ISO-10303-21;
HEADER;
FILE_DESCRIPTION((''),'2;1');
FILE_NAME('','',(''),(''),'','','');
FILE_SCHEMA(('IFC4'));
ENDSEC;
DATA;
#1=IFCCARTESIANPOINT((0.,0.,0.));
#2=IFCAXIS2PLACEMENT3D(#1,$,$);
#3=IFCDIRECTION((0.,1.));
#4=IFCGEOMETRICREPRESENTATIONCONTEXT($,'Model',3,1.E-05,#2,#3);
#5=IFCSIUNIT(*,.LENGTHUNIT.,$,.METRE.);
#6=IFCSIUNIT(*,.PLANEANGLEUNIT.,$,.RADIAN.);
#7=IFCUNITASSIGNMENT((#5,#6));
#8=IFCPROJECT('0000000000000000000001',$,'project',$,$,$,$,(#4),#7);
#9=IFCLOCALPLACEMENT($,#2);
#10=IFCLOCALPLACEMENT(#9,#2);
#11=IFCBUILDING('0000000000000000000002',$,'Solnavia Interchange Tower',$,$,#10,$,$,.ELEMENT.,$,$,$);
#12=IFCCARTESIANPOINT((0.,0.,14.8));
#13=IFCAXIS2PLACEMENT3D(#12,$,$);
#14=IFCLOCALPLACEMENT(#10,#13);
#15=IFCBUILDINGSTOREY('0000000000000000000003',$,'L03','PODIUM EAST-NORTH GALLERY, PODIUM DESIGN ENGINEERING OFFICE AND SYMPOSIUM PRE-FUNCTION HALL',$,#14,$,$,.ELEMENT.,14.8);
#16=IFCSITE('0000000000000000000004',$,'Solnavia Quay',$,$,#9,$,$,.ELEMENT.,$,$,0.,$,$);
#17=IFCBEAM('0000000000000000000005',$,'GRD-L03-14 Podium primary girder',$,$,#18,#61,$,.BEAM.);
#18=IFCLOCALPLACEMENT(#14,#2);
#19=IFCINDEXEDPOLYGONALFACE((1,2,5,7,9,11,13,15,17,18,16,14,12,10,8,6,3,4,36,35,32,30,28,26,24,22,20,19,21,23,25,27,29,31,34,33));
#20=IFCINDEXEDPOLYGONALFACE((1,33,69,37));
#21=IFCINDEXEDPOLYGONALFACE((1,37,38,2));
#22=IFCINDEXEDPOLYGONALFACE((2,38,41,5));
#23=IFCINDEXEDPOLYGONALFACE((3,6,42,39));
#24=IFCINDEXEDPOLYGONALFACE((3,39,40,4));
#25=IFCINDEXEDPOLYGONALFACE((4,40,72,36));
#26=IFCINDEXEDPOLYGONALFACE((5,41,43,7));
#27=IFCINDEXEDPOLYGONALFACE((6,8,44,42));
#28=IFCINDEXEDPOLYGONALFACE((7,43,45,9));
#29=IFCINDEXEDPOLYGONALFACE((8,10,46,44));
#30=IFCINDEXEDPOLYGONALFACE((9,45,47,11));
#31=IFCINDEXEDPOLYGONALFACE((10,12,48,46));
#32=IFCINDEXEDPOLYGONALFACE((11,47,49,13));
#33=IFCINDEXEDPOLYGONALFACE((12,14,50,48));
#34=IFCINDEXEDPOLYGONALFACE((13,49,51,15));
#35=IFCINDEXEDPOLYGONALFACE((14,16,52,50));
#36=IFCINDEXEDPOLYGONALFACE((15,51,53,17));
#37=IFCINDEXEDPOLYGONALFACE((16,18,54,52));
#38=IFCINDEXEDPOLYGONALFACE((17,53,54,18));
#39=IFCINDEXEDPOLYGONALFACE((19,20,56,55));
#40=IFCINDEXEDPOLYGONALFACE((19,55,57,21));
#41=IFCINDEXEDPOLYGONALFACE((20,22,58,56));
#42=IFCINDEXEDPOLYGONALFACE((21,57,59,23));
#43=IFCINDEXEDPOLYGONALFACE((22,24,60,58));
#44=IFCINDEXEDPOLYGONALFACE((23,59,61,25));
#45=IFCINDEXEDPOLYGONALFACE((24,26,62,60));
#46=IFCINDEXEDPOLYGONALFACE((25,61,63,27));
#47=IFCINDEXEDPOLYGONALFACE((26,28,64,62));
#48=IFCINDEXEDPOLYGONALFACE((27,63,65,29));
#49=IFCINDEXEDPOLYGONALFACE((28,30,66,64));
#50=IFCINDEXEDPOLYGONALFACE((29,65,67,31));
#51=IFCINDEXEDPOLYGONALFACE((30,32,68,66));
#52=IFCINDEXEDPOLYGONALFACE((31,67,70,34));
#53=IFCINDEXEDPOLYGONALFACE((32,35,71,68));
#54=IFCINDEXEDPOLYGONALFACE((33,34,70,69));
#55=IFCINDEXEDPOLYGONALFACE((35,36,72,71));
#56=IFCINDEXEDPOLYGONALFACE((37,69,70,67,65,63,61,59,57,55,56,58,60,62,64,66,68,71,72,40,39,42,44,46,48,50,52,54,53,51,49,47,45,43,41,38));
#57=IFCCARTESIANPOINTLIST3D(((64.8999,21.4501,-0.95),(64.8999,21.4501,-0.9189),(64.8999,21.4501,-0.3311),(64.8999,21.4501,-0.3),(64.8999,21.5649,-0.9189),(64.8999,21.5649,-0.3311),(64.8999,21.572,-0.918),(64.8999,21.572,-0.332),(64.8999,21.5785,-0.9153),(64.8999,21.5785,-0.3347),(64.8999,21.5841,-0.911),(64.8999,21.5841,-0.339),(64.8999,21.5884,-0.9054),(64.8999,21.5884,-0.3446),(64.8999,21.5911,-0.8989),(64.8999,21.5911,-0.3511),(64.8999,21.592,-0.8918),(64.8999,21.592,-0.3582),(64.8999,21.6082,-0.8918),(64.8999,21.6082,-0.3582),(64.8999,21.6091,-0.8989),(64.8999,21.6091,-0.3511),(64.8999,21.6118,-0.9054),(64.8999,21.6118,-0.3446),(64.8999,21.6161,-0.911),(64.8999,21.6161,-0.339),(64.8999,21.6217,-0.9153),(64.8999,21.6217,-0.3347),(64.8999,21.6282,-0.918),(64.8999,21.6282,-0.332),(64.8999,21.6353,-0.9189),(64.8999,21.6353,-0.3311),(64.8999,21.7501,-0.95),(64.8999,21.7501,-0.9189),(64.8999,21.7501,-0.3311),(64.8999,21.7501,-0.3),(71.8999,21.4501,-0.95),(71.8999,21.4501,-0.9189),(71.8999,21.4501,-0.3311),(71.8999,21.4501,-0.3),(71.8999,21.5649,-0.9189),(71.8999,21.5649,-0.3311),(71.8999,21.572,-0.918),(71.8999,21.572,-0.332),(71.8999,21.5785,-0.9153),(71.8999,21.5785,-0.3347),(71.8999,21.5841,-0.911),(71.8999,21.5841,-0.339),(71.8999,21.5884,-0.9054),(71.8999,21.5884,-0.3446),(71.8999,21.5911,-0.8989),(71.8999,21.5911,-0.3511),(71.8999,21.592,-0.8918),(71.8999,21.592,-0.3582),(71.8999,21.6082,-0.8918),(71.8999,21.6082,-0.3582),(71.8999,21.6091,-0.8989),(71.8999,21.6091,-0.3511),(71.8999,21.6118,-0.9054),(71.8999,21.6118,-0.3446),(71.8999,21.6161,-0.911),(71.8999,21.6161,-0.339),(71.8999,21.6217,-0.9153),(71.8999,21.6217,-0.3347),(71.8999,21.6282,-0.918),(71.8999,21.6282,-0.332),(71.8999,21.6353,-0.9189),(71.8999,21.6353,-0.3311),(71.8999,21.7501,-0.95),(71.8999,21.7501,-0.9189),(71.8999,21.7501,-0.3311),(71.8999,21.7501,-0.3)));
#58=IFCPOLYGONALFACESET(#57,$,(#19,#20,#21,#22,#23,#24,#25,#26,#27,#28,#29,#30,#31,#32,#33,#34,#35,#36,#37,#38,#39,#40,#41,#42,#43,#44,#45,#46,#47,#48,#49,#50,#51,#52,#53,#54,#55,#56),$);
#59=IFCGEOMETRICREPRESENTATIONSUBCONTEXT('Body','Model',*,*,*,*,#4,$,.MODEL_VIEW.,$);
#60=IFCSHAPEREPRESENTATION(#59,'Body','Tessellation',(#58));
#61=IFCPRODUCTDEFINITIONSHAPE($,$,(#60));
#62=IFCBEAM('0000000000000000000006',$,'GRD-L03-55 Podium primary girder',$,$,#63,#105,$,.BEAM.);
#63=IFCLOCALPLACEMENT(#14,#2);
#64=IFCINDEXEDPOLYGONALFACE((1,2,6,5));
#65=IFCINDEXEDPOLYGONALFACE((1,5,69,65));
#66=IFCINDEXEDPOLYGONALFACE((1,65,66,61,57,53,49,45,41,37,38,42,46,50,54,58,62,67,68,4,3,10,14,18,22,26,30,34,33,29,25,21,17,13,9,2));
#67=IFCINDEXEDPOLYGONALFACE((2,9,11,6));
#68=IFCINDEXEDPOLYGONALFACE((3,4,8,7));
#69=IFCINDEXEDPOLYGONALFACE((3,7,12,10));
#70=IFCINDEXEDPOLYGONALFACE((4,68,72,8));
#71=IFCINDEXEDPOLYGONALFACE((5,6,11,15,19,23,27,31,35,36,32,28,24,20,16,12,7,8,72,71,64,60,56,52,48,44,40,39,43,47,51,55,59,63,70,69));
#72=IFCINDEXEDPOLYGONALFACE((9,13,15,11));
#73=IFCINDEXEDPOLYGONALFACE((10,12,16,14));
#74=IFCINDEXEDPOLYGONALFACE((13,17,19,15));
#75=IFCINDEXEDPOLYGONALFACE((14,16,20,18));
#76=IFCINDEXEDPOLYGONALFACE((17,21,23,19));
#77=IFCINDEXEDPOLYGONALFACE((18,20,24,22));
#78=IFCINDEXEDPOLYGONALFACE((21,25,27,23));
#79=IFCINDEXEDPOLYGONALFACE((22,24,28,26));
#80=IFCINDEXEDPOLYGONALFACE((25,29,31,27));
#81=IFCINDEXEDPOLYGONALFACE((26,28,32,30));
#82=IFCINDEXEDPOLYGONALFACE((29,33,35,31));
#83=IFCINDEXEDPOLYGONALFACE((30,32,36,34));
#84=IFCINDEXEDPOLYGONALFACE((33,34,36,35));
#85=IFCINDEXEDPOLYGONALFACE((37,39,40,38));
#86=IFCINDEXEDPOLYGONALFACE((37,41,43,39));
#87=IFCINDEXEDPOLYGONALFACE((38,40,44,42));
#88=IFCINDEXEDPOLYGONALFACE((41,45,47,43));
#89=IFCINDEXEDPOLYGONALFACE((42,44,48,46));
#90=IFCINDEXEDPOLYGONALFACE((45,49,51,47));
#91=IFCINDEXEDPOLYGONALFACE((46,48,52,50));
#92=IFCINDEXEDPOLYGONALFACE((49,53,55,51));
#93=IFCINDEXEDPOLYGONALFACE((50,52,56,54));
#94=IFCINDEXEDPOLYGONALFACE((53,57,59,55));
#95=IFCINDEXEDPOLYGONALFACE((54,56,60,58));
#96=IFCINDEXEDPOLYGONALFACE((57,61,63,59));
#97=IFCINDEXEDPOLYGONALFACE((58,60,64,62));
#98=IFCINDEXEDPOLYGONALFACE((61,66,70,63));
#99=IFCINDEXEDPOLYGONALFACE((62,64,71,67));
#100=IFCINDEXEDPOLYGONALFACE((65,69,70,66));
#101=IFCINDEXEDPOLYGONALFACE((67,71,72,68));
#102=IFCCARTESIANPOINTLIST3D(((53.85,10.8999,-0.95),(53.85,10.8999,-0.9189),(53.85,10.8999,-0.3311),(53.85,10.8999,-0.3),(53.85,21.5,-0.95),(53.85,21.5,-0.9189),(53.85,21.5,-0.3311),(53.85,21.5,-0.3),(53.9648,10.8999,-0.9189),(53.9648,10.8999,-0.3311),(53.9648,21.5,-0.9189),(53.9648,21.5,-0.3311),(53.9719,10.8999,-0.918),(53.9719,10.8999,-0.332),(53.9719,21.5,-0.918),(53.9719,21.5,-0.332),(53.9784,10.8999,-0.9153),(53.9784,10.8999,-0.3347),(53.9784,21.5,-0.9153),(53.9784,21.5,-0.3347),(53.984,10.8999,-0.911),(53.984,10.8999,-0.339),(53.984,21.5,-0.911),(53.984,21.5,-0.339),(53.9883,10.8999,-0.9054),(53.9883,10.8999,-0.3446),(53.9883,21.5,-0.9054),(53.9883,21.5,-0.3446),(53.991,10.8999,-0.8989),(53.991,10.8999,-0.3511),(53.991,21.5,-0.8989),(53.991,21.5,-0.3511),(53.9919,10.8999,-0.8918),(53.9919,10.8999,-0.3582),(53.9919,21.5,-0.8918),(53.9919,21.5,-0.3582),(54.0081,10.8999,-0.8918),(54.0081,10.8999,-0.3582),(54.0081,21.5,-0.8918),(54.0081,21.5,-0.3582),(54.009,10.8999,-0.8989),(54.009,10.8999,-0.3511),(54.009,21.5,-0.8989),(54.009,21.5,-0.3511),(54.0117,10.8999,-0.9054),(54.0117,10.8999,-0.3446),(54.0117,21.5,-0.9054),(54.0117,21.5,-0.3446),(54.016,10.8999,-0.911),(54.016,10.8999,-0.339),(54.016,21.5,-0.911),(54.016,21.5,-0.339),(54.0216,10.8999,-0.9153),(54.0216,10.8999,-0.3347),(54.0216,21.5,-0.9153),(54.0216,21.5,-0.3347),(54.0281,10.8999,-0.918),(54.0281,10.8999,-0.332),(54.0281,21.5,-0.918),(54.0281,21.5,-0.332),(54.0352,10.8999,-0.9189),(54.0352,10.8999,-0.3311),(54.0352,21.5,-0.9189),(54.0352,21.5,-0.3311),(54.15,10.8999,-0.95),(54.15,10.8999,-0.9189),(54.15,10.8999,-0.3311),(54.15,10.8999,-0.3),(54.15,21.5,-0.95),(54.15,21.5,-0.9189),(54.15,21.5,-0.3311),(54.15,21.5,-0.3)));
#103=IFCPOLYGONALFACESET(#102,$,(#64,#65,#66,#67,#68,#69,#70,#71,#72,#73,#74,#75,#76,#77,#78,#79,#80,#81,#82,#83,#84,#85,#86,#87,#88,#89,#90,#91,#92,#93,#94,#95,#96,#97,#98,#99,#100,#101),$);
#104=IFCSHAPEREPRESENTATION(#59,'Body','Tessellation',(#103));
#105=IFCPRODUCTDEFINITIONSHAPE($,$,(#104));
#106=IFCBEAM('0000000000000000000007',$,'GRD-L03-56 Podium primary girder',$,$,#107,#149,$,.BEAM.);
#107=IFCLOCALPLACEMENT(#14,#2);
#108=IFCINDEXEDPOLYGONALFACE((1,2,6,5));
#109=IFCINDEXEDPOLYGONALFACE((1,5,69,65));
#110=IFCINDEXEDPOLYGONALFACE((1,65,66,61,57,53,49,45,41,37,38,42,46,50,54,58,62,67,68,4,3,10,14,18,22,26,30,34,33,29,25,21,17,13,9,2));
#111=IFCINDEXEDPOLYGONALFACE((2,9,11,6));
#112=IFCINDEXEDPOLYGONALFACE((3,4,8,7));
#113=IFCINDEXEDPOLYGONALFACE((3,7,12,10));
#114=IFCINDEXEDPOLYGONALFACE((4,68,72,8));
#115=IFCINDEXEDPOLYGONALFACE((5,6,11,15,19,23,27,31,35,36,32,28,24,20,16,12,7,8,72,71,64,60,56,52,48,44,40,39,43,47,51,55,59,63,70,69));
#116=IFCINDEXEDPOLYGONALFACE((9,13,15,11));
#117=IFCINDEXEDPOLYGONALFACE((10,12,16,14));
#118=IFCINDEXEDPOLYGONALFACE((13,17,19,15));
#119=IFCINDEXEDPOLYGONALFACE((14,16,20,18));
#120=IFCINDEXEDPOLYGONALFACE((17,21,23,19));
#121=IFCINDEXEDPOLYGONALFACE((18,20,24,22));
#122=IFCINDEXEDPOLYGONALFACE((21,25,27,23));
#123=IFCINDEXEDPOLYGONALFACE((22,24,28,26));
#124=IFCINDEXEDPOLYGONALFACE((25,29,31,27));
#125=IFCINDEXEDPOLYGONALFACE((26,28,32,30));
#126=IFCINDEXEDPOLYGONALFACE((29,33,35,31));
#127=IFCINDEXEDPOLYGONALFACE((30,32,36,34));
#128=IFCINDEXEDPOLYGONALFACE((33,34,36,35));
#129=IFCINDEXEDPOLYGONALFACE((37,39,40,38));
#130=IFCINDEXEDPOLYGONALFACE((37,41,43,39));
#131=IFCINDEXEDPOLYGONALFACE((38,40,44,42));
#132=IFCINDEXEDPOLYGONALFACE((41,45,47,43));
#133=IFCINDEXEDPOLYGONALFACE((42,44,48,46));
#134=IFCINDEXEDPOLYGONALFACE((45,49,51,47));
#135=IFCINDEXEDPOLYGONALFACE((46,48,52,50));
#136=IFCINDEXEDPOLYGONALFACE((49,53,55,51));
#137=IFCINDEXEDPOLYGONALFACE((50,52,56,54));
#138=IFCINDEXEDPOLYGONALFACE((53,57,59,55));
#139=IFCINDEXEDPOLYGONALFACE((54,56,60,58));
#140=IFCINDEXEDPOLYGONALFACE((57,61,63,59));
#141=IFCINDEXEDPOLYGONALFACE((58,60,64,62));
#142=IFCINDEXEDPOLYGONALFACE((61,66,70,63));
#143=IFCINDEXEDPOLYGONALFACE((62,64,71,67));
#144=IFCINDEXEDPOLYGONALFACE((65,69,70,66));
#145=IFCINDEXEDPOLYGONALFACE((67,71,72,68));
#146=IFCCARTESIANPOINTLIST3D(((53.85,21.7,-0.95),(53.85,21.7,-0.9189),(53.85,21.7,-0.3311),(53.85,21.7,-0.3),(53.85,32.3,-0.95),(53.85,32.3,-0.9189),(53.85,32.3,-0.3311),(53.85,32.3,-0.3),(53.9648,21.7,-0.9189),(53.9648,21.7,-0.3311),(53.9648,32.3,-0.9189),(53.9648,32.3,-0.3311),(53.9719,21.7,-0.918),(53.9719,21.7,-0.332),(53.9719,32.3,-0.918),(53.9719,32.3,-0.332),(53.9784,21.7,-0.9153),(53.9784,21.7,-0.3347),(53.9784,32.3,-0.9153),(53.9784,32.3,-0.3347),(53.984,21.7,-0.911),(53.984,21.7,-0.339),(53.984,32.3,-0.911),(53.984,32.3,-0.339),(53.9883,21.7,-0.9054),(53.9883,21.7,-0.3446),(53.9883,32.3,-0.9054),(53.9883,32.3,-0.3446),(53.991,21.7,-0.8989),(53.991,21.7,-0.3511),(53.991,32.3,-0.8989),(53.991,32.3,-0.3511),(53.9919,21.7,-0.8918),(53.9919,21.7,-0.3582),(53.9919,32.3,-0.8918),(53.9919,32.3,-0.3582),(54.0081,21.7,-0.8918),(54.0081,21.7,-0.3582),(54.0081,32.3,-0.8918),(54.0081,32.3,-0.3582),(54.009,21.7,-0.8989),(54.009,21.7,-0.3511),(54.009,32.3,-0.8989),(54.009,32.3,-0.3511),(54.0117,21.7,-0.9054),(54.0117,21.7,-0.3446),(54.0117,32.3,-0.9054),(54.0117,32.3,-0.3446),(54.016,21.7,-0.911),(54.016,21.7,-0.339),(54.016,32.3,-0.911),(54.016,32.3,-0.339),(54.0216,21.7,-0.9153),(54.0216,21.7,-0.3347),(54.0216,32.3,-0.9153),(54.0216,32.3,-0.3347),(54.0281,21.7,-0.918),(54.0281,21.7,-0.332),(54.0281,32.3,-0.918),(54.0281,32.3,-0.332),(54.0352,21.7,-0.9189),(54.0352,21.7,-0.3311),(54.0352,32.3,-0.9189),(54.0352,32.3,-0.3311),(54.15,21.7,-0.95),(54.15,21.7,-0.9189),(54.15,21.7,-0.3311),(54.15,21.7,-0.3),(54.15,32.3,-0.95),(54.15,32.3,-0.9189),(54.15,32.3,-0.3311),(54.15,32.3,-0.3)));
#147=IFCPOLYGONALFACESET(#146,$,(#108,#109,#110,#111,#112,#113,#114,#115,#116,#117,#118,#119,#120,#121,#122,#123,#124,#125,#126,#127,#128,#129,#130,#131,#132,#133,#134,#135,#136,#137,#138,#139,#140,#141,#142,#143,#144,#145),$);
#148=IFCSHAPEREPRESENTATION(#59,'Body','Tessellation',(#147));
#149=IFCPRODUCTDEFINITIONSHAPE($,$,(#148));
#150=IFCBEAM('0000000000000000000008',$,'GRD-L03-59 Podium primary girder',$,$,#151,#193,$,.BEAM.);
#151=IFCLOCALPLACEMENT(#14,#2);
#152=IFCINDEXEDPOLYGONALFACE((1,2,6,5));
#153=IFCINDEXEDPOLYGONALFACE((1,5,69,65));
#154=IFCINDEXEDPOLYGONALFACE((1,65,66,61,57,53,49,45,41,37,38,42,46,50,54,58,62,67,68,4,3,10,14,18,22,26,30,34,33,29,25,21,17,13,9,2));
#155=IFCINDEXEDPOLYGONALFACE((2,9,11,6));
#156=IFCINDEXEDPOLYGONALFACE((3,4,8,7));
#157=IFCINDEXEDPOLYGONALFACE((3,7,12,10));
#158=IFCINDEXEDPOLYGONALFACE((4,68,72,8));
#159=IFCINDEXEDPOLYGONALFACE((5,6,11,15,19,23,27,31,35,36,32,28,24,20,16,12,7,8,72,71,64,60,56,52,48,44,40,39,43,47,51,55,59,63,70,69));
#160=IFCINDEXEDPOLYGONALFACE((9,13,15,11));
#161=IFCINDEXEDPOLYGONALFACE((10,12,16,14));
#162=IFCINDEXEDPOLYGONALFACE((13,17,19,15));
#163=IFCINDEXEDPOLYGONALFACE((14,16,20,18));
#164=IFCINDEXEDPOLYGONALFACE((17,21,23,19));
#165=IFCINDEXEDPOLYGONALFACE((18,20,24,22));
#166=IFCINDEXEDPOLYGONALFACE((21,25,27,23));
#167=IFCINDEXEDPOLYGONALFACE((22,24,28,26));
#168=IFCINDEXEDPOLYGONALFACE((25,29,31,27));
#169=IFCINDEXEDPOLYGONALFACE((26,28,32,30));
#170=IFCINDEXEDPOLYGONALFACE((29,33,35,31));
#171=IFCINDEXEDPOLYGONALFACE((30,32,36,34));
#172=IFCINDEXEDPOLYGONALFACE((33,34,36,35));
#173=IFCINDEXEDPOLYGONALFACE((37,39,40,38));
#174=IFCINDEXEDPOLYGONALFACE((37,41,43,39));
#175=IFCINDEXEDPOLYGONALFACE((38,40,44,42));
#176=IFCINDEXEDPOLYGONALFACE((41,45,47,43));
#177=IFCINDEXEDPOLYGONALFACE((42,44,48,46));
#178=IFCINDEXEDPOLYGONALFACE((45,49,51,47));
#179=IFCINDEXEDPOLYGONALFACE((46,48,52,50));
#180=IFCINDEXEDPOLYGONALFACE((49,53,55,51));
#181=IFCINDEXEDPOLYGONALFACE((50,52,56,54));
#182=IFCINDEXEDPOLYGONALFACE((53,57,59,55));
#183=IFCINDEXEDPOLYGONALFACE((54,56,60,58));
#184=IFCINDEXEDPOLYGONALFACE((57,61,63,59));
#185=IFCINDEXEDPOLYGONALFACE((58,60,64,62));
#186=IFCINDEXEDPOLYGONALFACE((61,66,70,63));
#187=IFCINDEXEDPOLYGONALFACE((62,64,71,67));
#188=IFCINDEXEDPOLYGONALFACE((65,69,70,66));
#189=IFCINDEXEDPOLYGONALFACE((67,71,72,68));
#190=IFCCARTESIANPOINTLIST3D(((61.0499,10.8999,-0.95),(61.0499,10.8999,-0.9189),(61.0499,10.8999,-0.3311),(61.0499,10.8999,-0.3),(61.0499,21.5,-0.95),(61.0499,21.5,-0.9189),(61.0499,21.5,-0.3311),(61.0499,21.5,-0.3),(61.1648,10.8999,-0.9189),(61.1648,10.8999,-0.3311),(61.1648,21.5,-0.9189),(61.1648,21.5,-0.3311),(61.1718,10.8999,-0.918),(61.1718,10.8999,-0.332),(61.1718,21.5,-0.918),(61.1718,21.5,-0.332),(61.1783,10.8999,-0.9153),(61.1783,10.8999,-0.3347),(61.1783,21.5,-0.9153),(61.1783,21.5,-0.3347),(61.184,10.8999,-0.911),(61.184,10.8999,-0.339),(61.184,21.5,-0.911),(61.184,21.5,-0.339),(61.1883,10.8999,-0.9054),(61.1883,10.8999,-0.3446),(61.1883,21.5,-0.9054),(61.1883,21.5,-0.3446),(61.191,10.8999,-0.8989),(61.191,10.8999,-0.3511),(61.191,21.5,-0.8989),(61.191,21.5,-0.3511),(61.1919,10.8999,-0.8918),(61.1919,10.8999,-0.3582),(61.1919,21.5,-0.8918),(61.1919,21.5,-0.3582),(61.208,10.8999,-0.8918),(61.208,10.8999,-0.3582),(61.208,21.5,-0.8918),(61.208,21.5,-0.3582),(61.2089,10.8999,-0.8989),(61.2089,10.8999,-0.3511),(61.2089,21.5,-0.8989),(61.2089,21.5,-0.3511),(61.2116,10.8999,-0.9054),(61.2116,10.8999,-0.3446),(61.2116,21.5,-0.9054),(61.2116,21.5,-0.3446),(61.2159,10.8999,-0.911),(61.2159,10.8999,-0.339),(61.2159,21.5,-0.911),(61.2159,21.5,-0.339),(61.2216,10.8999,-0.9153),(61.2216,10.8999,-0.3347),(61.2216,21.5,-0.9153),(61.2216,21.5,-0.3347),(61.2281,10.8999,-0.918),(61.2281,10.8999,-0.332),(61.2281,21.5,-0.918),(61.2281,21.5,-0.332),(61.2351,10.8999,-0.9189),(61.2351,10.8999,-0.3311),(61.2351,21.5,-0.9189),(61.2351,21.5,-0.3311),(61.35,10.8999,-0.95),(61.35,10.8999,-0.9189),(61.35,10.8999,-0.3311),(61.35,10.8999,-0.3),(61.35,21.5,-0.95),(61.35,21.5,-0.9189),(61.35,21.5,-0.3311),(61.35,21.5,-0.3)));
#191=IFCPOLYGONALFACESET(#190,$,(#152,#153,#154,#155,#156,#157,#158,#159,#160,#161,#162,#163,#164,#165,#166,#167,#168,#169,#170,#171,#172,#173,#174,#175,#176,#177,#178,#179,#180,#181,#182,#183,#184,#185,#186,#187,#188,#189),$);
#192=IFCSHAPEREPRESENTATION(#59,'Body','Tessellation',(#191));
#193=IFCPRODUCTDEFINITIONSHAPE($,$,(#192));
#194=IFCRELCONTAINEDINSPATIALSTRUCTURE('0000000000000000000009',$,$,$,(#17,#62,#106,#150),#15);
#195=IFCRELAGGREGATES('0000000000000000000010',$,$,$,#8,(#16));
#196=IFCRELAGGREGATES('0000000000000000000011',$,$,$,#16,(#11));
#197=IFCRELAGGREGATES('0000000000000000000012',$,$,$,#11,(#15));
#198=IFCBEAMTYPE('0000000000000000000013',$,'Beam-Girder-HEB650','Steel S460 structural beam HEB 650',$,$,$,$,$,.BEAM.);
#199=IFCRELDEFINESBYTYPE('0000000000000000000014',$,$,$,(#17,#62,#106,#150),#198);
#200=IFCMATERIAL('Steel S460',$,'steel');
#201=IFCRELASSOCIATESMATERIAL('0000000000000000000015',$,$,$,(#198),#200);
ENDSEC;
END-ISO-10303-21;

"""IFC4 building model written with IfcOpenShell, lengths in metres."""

from ifc_helpers import new_model, si_unit, direction, frame, origin, origin_2d, place, context, subcontext, project, spatial, i_section, extrude, material, material_profile, profile_set, type_object, element, save


model = new_model("IFC4")

# Units and contexts
model_context = context("Model", 3, precision=1e-05, world=origin(), true_north=direction((0.0, 1.0)))
body_context = subcontext(model_context, "Body", "Model", "MODEL_VIEW")
ifc_project = project(units=[si_unit("LENGTHUNIT", "METRE"), si_unit("PLANEANGLEUNIT", "RADIAN")], contexts=[model_context])

# Site, building, storey
site_placement = place(None, origin())
site = spatial("IfcSite", under=ifc_project, at=site_placement, Name="Solnavia Quay", CompositionType="ELEMENT", RefElevation=0.0)
building_placement = place(site_placement, origin())
building = spatial("IfcBuilding", under=site, at=building_placement, Name="Solnavia Interchange Tower", CompositionType="ELEMENT")
storey_placement = place(building_placement, frame((0.0, 0.0, 14.8)))
storey = spatial("IfcBuildingStorey", under=building, at=storey_placement, Name="L03", Description="PODIUM EAST-NORTH GALLERY, PODIUM DESIGN ENGINEERING OFFICE AND SYMPOSIUM PRE-FUNCTION HALL", CompositionType="ELEMENT", Elevation=14.8)

# Beams
ifc_material_1 = material(Name="Steel S460", Category="steel")
ifc_material_profile_1 = material_profile(ifc_material_1, i_section(OverallWidth=0.3, OverallDepth=0.6499, WebThickness=0.0161, FlangeThickness=0.031, FilletRadius=0.0271, at=origin_2d()), Name="HEB 650")
ifc_profile_set_1 = profile_set([ifc_material_profile_1], Name="Steel S460")
beam_type_1 = type_object("IfcBeamType", Name="Beam-Girder-HEB650", Description="Steel S460 structural beam HEB 650", PredefinedType="BEAM", material=ifc_profile_set_1)
beam_1_placement = place(storey_placement, frame((64.8999, 21.6001, -0.625), z_axis=(1.0, 0.0, 0.0), x_axis=(0.0, 1.0, 0.0)))
element("IfcBeam", 1, at=beam_1_placement, inside=storey, type_object=beam_type_1, Name="GRD-L03-14 Podium primary girder", PredefinedType="BEAM", context=body_context, shape_type="SweptSolid", body=[
    extrude(i_section(OverallWidth=0.3, OverallDepth=0.6499, WebThickness=0.0161, FlangeThickness=0.031, FilletRadius=0.0271, at=origin_2d()), origin(), (0.0, 0.0, 1.0), 7.0),
])
for number, where, z_axis, x_axis, name in (
    (2, (54.0, 10.8999, -0.625), (0.0, 1.0, 0.0), (-1.0, 0.0, 0.0), "GRD-L03-55 Podium primary girder"),
    (3, (54.0, 21.7, -0.625), (0.0, 1.0, 0.0), (-1.0, 0.0, 0.0), "GRD-L03-56 Podium primary girder"),
    (4, (61.2, 10.8999, -0.625), (0.0, 1.0, 0.0), (-1.0, 0.0, 0.0), "GRD-L03-59 Podium primary girder"),
):
    element("IfcBeam", number, at=place(storey_placement, frame(where, z_axis=z_axis, x_axis=x_axis)), inside=storey, type_object=beam_type_1, Name=name, PredefinedType="BEAM", context=body_context, shape_type="SweptSolid", body=[
        extrude(i_section(OverallWidth=0.3, OverallDepth=0.6499, WebThickness=0.0161, FlangeThickness=0.031, FilletRadius=0.0271, at=origin_2d()), origin(), (0.0, 0.0, 1.0), 10.6001),
    ])

save(model, "model.ifc")
